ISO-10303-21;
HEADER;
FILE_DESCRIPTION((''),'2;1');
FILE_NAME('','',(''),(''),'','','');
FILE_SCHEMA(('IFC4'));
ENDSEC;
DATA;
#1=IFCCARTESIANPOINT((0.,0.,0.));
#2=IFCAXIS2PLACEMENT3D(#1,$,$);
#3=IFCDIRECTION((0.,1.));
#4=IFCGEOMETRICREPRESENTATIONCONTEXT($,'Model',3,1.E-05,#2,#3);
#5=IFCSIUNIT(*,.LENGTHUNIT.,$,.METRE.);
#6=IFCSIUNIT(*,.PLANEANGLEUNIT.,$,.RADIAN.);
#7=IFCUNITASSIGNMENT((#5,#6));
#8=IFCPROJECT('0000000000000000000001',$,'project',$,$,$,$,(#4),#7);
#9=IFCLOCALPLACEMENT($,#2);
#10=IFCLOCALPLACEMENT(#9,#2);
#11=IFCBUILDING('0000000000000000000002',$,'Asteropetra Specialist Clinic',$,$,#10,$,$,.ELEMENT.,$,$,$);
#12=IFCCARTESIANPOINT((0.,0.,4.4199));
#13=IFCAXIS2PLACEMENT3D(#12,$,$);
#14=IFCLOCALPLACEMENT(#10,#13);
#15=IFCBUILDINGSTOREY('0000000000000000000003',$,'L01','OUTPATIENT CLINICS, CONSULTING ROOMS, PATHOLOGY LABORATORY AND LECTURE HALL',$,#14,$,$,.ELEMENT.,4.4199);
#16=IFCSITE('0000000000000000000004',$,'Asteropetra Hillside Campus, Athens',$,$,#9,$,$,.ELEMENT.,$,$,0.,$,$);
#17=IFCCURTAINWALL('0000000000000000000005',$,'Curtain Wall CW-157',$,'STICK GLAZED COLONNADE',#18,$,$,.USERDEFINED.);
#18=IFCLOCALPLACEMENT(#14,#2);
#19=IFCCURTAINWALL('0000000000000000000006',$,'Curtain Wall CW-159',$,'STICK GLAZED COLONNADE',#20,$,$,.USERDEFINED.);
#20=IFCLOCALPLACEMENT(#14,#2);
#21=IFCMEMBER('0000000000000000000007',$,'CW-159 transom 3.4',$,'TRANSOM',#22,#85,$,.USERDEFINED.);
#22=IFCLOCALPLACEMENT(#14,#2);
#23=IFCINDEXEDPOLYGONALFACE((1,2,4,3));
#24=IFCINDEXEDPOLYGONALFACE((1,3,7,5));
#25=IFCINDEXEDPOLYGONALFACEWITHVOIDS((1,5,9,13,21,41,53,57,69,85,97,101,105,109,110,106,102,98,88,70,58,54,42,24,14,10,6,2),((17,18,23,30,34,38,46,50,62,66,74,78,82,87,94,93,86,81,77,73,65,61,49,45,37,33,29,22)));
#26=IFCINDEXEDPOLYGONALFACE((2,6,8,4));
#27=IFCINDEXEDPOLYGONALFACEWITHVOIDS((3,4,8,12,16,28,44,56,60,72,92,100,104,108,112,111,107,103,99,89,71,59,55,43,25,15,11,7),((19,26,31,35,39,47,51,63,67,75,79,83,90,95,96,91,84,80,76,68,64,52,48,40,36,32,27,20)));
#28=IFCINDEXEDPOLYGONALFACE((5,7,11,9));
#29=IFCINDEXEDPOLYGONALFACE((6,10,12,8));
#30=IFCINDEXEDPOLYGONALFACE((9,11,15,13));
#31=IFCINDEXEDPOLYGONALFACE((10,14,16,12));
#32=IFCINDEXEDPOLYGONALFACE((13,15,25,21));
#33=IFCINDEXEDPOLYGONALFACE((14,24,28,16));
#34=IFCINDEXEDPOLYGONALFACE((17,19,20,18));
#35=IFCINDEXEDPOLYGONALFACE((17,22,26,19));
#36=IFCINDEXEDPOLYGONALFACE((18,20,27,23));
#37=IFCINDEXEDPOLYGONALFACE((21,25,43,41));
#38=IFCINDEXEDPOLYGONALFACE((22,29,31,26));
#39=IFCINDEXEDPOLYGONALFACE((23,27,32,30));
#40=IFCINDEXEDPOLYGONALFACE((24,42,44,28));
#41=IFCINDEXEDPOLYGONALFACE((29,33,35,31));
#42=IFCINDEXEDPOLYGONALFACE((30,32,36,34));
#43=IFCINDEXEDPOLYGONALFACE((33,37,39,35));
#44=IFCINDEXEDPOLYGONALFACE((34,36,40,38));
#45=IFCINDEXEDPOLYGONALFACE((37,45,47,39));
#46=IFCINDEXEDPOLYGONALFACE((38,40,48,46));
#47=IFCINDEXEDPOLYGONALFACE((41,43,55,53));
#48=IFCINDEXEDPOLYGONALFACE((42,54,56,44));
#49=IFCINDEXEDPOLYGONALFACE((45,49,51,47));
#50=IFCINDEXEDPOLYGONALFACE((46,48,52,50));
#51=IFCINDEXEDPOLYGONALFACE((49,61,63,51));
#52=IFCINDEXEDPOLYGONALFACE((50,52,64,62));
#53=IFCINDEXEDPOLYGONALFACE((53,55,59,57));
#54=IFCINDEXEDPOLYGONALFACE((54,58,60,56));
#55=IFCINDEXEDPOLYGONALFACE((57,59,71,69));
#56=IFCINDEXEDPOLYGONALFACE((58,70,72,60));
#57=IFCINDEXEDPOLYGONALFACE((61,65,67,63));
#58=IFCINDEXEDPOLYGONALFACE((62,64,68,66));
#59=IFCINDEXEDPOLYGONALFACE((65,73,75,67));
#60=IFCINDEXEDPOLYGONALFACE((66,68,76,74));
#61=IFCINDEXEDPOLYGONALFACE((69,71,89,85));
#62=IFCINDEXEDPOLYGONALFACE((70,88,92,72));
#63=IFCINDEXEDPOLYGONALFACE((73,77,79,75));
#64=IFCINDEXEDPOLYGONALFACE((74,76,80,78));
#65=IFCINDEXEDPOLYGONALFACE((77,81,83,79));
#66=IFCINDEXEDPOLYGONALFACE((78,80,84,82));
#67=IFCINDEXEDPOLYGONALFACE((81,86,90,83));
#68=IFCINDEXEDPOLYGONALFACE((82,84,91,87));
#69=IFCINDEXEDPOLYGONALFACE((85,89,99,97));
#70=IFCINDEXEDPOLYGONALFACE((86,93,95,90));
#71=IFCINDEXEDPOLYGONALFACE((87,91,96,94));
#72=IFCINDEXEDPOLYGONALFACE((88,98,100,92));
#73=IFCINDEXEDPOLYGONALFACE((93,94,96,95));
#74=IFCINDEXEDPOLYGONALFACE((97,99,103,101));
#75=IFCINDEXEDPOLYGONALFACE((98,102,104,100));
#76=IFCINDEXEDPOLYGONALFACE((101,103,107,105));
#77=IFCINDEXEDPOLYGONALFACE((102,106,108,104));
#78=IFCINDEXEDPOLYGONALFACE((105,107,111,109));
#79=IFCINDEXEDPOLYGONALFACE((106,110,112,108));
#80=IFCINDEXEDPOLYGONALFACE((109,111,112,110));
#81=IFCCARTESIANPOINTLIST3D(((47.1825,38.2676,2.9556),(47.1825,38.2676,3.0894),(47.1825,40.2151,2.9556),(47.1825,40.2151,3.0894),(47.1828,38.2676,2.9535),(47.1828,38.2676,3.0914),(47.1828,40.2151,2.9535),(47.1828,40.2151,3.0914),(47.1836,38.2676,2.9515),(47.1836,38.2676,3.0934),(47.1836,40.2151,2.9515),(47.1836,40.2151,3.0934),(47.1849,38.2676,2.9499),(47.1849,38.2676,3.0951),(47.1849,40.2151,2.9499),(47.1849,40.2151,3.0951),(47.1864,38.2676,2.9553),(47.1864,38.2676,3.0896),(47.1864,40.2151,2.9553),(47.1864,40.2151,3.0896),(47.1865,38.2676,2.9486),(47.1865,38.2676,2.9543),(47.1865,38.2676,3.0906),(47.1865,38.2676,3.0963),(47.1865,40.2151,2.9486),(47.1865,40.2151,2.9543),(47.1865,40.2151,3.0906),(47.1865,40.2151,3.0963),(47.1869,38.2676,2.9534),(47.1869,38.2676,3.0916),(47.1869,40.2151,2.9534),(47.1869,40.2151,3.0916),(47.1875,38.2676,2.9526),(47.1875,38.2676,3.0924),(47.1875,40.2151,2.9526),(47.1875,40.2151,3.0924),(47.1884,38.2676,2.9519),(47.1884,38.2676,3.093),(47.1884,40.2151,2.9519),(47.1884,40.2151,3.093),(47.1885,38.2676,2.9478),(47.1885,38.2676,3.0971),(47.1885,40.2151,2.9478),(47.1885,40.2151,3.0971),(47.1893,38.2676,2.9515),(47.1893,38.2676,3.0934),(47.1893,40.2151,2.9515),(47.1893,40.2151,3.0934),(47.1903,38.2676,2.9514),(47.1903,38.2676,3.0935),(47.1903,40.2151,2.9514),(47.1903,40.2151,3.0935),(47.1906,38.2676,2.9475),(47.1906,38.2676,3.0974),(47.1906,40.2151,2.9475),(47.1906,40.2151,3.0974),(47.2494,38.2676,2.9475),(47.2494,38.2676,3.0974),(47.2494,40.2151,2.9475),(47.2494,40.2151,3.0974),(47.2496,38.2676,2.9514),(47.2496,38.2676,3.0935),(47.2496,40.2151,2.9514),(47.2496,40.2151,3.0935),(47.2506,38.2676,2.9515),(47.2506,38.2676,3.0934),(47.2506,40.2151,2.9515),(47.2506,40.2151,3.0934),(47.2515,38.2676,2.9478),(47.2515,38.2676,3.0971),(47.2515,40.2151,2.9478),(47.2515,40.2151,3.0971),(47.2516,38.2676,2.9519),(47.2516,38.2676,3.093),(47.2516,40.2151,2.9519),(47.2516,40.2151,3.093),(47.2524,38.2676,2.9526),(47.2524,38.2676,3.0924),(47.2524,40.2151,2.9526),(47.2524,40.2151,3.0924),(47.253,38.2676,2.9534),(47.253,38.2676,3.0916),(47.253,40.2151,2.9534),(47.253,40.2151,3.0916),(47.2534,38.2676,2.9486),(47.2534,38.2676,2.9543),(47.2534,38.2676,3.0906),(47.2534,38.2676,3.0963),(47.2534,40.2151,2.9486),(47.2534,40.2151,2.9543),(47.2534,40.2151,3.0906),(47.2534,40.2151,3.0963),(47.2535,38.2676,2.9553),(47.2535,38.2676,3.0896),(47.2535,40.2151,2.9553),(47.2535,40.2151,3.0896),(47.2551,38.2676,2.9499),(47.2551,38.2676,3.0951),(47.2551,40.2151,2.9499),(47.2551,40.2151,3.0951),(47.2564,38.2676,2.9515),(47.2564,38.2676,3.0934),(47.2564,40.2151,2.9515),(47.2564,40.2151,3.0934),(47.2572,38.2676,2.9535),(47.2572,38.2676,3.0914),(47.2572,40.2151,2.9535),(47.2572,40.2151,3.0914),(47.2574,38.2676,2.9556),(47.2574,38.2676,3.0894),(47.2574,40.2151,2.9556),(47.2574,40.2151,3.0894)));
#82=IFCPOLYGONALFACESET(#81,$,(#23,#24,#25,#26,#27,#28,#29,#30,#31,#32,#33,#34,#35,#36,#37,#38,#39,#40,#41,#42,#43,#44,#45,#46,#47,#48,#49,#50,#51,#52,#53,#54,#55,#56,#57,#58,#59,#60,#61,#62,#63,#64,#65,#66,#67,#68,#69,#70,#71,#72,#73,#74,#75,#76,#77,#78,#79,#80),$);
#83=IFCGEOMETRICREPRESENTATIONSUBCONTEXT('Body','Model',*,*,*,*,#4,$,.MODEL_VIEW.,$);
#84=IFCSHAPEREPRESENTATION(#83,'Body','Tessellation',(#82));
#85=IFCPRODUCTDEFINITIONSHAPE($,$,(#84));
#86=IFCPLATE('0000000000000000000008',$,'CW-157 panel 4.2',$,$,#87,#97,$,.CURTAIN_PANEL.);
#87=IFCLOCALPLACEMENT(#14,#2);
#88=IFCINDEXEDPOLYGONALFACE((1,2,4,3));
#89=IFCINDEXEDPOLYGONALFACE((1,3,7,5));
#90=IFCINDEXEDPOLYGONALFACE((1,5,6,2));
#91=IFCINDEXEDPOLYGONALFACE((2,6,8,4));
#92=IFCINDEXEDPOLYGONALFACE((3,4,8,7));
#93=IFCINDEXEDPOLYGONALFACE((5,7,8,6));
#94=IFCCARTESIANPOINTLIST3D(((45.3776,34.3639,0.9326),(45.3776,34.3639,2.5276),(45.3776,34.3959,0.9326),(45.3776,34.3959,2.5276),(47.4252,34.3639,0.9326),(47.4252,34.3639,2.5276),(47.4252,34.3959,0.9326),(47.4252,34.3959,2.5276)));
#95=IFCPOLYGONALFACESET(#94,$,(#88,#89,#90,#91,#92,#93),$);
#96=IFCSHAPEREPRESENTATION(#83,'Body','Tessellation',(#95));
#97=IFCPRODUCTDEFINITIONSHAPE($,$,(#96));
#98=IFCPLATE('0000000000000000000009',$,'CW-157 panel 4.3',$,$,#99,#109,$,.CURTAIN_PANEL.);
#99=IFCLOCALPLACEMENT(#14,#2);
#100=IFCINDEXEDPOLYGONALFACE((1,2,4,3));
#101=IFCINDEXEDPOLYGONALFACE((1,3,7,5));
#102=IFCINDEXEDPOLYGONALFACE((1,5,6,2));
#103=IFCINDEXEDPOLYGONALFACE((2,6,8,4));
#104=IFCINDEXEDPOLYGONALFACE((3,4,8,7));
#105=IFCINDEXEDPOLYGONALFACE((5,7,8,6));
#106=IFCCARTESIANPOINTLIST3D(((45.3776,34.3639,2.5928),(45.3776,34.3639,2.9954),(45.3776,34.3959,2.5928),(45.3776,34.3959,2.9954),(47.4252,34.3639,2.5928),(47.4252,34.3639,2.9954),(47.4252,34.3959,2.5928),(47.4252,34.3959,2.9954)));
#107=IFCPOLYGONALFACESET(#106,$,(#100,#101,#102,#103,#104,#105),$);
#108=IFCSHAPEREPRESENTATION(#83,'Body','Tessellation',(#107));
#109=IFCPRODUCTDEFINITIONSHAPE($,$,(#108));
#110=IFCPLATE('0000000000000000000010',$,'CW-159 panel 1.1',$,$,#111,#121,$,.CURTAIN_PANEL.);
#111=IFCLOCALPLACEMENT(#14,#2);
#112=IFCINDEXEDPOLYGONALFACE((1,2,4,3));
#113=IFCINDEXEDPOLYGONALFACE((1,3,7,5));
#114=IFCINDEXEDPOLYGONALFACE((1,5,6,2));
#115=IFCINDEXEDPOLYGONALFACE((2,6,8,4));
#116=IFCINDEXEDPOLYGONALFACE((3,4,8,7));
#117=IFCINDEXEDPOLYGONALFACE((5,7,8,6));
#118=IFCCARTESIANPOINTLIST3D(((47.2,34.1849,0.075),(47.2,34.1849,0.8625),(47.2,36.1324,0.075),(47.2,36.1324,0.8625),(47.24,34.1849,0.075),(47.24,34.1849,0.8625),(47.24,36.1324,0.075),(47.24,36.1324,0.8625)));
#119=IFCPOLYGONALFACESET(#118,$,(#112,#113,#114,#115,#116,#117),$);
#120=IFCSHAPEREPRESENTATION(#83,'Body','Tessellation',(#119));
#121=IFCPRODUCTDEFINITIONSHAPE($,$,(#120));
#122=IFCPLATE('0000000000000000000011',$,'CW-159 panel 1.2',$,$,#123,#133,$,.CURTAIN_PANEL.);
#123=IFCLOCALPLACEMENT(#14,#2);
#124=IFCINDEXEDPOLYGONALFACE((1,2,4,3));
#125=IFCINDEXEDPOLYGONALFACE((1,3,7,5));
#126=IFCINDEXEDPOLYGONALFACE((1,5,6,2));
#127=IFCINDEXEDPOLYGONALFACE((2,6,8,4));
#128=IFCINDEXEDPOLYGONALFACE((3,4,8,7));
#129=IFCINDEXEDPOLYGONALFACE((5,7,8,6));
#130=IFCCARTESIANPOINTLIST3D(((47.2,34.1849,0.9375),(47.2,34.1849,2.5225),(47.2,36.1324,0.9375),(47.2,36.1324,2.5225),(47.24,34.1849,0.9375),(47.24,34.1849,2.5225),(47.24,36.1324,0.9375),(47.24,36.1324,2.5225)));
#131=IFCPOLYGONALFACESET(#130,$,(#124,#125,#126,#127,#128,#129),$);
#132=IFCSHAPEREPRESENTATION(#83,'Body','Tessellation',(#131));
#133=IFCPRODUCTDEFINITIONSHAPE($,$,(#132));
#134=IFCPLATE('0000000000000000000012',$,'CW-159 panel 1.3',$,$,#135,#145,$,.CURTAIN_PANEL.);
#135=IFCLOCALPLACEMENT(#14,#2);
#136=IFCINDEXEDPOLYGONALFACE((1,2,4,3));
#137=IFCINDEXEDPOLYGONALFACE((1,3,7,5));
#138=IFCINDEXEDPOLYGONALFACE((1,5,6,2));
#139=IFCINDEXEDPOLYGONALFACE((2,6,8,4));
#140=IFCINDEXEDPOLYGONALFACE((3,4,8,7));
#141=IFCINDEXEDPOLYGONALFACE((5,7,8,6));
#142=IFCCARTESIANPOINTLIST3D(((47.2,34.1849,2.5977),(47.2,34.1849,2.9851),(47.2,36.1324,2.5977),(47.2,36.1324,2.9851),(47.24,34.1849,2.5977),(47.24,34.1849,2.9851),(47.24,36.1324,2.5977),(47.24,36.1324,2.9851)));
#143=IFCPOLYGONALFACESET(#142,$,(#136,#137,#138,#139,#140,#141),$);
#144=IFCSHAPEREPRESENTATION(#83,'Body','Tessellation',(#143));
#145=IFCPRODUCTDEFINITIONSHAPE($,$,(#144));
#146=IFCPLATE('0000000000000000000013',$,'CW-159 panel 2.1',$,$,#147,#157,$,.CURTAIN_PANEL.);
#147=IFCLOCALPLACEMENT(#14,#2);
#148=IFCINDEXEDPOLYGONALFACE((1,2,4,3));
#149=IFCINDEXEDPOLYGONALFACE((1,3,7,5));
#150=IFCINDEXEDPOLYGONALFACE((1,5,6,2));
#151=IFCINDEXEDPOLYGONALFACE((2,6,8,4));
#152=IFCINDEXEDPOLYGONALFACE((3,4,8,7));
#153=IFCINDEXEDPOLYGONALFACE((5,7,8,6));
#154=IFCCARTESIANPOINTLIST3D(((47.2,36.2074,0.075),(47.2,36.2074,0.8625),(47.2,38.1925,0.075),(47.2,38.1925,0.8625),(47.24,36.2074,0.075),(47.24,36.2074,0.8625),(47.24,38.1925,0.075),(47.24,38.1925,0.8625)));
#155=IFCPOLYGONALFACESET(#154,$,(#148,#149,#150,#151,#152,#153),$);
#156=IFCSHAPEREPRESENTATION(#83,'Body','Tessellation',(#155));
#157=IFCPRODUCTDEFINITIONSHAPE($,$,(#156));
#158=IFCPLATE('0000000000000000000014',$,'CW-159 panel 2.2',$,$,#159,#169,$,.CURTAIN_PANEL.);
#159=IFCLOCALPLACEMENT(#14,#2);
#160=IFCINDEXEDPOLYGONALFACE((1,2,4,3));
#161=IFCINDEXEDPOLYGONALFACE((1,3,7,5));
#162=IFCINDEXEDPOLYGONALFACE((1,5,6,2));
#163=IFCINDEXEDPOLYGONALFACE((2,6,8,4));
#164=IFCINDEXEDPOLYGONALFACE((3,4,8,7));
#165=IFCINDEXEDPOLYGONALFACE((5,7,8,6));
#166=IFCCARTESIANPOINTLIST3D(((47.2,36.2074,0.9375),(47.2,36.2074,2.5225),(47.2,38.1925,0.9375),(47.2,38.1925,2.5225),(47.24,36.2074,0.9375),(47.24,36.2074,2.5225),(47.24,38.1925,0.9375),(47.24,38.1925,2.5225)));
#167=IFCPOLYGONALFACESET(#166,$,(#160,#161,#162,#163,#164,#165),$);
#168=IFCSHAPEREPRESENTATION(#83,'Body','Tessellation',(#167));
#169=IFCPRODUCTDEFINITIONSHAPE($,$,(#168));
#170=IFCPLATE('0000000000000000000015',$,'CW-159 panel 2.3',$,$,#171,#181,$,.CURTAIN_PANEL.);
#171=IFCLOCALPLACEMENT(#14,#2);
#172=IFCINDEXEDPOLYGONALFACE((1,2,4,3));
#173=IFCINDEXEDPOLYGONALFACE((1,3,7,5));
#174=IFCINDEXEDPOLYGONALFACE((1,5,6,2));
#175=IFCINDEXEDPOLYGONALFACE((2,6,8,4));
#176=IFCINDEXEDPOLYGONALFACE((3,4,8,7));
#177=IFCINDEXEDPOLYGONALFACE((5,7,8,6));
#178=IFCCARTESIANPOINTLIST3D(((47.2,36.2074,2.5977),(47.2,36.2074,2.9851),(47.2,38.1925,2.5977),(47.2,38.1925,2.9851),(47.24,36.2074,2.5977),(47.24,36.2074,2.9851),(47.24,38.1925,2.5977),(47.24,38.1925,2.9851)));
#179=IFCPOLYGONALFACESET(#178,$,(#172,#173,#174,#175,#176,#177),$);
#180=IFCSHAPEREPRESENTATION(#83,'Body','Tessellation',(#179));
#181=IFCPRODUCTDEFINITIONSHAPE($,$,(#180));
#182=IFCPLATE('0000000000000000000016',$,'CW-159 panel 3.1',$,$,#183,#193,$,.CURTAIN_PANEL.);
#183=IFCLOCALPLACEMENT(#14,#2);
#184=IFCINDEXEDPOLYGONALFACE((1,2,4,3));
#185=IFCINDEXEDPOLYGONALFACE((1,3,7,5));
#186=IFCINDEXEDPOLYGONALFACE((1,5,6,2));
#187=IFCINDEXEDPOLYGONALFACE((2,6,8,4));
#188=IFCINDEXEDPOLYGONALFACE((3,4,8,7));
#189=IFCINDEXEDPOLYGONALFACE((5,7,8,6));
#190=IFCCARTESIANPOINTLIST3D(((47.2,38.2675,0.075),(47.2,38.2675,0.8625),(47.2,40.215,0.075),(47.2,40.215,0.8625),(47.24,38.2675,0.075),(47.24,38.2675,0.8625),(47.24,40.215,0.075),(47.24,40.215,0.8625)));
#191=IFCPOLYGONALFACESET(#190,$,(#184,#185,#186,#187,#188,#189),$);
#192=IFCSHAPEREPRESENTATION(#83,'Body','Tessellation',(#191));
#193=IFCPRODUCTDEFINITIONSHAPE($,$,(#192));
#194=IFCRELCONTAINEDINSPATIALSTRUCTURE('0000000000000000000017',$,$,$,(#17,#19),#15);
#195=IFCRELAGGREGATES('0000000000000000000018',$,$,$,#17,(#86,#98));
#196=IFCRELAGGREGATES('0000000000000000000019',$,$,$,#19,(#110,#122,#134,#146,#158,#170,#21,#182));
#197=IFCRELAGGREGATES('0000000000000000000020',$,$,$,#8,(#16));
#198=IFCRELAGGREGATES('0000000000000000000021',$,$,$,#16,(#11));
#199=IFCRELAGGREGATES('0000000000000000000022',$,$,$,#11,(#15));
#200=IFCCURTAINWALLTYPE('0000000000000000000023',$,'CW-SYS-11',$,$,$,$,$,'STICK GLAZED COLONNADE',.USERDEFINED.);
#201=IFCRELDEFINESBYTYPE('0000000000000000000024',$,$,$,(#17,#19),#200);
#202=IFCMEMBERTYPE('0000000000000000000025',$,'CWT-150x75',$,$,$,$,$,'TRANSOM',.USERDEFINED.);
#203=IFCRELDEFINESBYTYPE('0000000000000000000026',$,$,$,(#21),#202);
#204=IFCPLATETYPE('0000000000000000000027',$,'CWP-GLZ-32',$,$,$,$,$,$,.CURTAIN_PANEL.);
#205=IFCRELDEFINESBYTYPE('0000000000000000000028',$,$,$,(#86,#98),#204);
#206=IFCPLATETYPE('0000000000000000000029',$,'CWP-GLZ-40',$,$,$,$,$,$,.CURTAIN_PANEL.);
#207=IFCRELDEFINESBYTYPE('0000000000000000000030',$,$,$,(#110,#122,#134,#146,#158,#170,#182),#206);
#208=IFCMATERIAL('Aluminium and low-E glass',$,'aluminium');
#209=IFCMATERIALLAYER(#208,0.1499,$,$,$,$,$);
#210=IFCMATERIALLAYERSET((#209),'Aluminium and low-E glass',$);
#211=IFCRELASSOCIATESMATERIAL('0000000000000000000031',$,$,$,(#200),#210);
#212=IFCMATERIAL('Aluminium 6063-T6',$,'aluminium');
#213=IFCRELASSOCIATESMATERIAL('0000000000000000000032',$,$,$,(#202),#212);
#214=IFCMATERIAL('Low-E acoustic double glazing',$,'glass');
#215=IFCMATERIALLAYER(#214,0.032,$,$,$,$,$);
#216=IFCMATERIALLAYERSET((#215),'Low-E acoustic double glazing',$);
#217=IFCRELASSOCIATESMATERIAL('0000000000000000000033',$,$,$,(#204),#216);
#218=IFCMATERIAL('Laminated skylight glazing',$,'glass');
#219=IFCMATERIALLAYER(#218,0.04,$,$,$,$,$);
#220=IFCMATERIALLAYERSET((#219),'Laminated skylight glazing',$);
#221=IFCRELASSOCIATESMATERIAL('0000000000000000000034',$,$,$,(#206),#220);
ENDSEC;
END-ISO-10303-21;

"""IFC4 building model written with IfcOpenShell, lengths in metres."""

from ifc_helpers import new_model, si_unit, direction, frame, origin, origin_2d, place, context, subcontext, project, spatial, rectangle, hollow_rectangle, extrude, material, layer, layer_set, material_profile, profile_set, type_object, element, aggregate, save


model = new_model("IFC4")

# Units and contexts
model_context = context("Model", 3, precision=1e-05, world=origin(), true_north=direction((0.0, 1.0)))
body_context = subcontext(model_context, "Body", "Model", "MODEL_VIEW")
ifc_project = project(units=[si_unit("LENGTHUNIT", "METRE"), si_unit("PLANEANGLEUNIT", "RADIAN")], contexts=[model_context])

# Site, building, storey
site_placement = place(None, origin())
site = spatial("IfcSite", under=ifc_project, at=site_placement, Name="Asteropetra Hillside Campus, Athens", CompositionType="ELEMENT", RefElevation=0.0)
building_placement = place(site_placement, origin())
building = spatial("IfcBuilding", under=site, at=building_placement, Name="Asteropetra Specialist Clinic", CompositionType="ELEMENT")
storey_placement = place(building_placement, frame((0.0, 0.0, 4.4199)))
storey = spatial("IfcBuildingStorey", under=building, at=storey_placement, Name="L01", Description="OUTPATIENT CLINICS, CONSULTING ROOMS, PATHOLOGY LABORATORY AND LECTURE HALL", CompositionType="ELEMENT", Elevation=4.4199)

# Curtain wall
ifc_material_1 = material(Name="Aluminium and low-E glass", Category="aluminium")
ifc_layer_1 = layer(ifc_material_1, 0.1499)
ifc_layer_set_1 = layer_set([ifc_layer_1], Name="Aluminium and low-E glass")
curtain_wall_type = type_object("IfcCurtainWallType", Name="CW-SYS-11", ElementType="STICK GLAZED COLONNADE", PredefinedType="USERDEFINED", material=ifc_layer_set_1)
curtain_wall_1_placement = place(storey_placement, origin())
curtain_wall_1 = element("IfcCurtainWall", 1, at=curtain_wall_1_placement, inside=storey, type_object=curtain_wall_type, Name="Curtain Wall CW-157", ObjectType="STICK GLAZED COLONNADE", PredefinedType="USERDEFINED")

# Curtain wall, member
curtain_wall_2_placement = place(storey_placement, origin())
curtain_wall_2 = element("IfcCurtainWall", 2, at=curtain_wall_2_placement, inside=storey, type_object=curtain_wall_type, Name="Curtain Wall CW-159", ObjectType="STICK GLAZED COLONNADE", PredefinedType="USERDEFINED")
ifc_material_2 = material(Name="Aluminium 6063-T6", Category="aluminium")
ifc_material_profile_1 = material_profile(ifc_material_2, hollow_rectangle(XDim=0.075, YDim=0.1499, WallThickness=0.0039, InnerFilletRadius=0.0039, OuterFilletRadius=0.0081, at=origin_2d()), Name="TRN 150x75x4.0")
ifc_profile_set_1 = profile_set([ifc_material_profile_1], Name="Aluminium 6063-T6")
member_type_1 = type_object("IfcMemberType", Name="CWT-150x75", ElementType="TRANSOM", PredefinedType="USERDEFINED", material=ifc_profile_set_1)
member_1_placement = place(storey_placement, frame((47.22, 38.2676, 3.0225), z_axis=(0.0, 1.0, 0.0), x_axis=(-1.0, 0.0, 0.0)))
member_1 = element("IfcMember", 3, at=member_1_placement, type_object=member_type_1, Name="CW-159 transom 3.4", ObjectType="TRANSOM", PredefinedType="USERDEFINED", context=body_context, shape_type="SweptSolid", body=[
    extrude(hollow_rectangle(XDim=0.075, YDim=0.1499, WallThickness=0.0039, InnerFilletRadius=0.0039, OuterFilletRadius=0.0081, at=origin_2d()), origin(), (0.0, 0.0, 1.0), 1.9475),
])

# Plates
ifc_material_3 = material(Name="Low-E acoustic double glazing", Category="glass")
ifc_layer_2 = layer(ifc_material_3, 0.032)
ifc_layer_set_2 = layer_set([ifc_layer_2], Name="Low-E acoustic double glazing")
plate_type_1 = type_object("IfcPlateType", Name="CWP-GLZ-32", PredefinedType="CURTAIN_PANEL", material=ifc_layer_set_2)
plate_1_placement = place(storey_placement, frame((46.4014, 34.3799, 0.9326), z_axis=(0.0, 0.0, 1.0), x_axis=(1.0, 0.0, 0.0)))
plate_1 = element("IfcPlate", 4, at=plate_1_placement, type_object=plate_type_1, Name="CW-157 panel 4.2", PredefinedType="CURTAIN_PANEL", context=body_context, shape_type="SweptSolid", body=[
    extrude(rectangle(XDim=2.0476, YDim=0.032, at=origin_2d()), origin(), (0.0, 0.0, 1.0), 1.595),
])
plate_2_placement = place(storey_placement, frame((46.4014, 34.3799, 2.5928), z_axis=(0.0, 0.0, 1.0), x_axis=(1.0, 0.0, 0.0)))
plate_2 = element("IfcPlate", 5, at=plate_2_placement, type_object=plate_type_1, Name="CW-157 panel 4.3", PredefinedType="CURTAIN_PANEL", context=body_context, shape_type="SweptSolid", body=[
    extrude(rectangle(XDim=2.0476, YDim=0.032, at=origin_2d()), origin(), (0.0, 0.0, 1.0), 0.4026),
])
aggregate(curtain_wall_1, [plate_1, plate_2])
ifc_material_4 = material(Name="Laminated skylight glazing", Category="glass")
ifc_layer_3 = layer(ifc_material_4, 0.04)
ifc_layer_set_3 = layer_set([ifc_layer_3], Name="Laminated skylight glazing")
plate_type_2 = type_object("IfcPlateType", Name="CWP-GLZ-40", PredefinedType="CURTAIN_PANEL", material=ifc_layer_set_3)
plate_3_placement = place(storey_placement, frame((47.22, 35.1587, 0.075), z_axis=(0.0, 0.0, 1.0), x_axis=(0.0, 1.0, 0.0)))
plate_3 = element("IfcPlate", 6, at=plate_3_placement, type_object=plate_type_2, Name="CW-159 panel 1.1", PredefinedType="CURTAIN_PANEL", context=body_context, shape_type="SweptSolid", body=[
    extrude(rectangle(XDim=1.9475, YDim=0.04, at=origin_2d()), origin(), (0.0, 0.0, 1.0), 0.7876),
])
plate_4_placement = place(storey_placement, frame((47.22, 35.1587, 0.9375), z_axis=(0.0, 0.0, 1.0), x_axis=(0.0, 1.0, 0.0)))
plate_4 = element("IfcPlate", 7, at=plate_4_placement, type_object=plate_type_2, Name="CW-159 panel 1.2", PredefinedType="CURTAIN_PANEL", context=body_context, shape_type="SweptSolid", body=[
    extrude(rectangle(XDim=1.9475, YDim=0.04, at=origin_2d()), origin(), (0.0, 0.0, 1.0), 1.585),
])
plate_5_placement = place(storey_placement, frame((47.22, 35.1587, 2.5977), z_axis=(0.0, 0.0, 1.0), x_axis=(0.0, 1.0, 0.0)))
plate_5 = element("IfcPlate", 8, at=plate_5_placement, type_object=plate_type_2, Name="CW-159 panel 1.3", PredefinedType="CURTAIN_PANEL", context=body_context, shape_type="SweptSolid", body=[
    extrude(rectangle(XDim=1.9475, YDim=0.04, at=origin_2d()), origin(), (0.0, 0.0, 1.0), 0.3875),
])
plate_6_placement = place(storey_placement, frame((47.22, 37.2, 0.075), z_axis=(0.0, 0.0, 1.0), x_axis=(0.0, 1.0, 0.0)))
plate_6 = element("IfcPlate", 9, at=plate_6_placement, type_object=plate_type_2, Name="CW-159 panel 2.1", PredefinedType="CURTAIN_PANEL", context=body_context, shape_type="SweptSolid", body=[
    extrude(rectangle(XDim=1.9851, YDim=0.04, at=origin_2d()), origin(), (0.0, 0.0, 1.0), 0.7876),
])
plate_7_placement = place(storey_placement, frame((47.22, 37.2, 0.9375), z_axis=(0.0, 0.0, 1.0), x_axis=(0.0, 1.0, 0.0)))
plate_7 = element("IfcPlate", 10, at=plate_7_placement, type_object=plate_type_2, Name="CW-159 panel 2.2", PredefinedType="CURTAIN_PANEL", context=body_context, shape_type="SweptSolid", body=[
    extrude(rectangle(XDim=1.9851, YDim=0.04, at=origin_2d()), origin(), (0.0, 0.0, 1.0), 1.585),
])
plate_8_placement = place(storey_placement, frame((47.22, 37.2, 2.5977), z_axis=(0.0, 0.0, 1.0), x_axis=(0.0, 1.0, 0.0)))
plate_8 = element("IfcPlate", 11, at=plate_8_placement, type_object=plate_type_2, Name="CW-159 panel 2.3", PredefinedType="CURTAIN_PANEL", context=body_context, shape_type="SweptSolid", body=[
    extrude(rectangle(XDim=1.9851, YDim=0.04, at=origin_2d()), origin(), (0.0, 0.0, 1.0), 0.3875),
])
plate_9_placement = place(storey_placement, frame((47.22, 39.2412, 0.075), z_axis=(0.0, 0.0, 1.0), x_axis=(0.0, 1.0, 0.0)))
plate_9 = element("IfcPlate", 12, at=plate_9_placement, type_object=plate_type_2, Name="CW-159 panel 3.1", PredefinedType="CURTAIN_PANEL", context=body_context, shape_type="SweptSolid", body=[
    extrude(rectangle(XDim=1.9475, YDim=0.04, at=origin_2d()), origin(), (0.0, 0.0, 1.0), 0.7876),
])
aggregate(curtain_wall_2, [plate_3, plate_4, plate_5, plate_6, plate_7, plate_8, member_1, plate_9])

save(model, "model.ifc")
